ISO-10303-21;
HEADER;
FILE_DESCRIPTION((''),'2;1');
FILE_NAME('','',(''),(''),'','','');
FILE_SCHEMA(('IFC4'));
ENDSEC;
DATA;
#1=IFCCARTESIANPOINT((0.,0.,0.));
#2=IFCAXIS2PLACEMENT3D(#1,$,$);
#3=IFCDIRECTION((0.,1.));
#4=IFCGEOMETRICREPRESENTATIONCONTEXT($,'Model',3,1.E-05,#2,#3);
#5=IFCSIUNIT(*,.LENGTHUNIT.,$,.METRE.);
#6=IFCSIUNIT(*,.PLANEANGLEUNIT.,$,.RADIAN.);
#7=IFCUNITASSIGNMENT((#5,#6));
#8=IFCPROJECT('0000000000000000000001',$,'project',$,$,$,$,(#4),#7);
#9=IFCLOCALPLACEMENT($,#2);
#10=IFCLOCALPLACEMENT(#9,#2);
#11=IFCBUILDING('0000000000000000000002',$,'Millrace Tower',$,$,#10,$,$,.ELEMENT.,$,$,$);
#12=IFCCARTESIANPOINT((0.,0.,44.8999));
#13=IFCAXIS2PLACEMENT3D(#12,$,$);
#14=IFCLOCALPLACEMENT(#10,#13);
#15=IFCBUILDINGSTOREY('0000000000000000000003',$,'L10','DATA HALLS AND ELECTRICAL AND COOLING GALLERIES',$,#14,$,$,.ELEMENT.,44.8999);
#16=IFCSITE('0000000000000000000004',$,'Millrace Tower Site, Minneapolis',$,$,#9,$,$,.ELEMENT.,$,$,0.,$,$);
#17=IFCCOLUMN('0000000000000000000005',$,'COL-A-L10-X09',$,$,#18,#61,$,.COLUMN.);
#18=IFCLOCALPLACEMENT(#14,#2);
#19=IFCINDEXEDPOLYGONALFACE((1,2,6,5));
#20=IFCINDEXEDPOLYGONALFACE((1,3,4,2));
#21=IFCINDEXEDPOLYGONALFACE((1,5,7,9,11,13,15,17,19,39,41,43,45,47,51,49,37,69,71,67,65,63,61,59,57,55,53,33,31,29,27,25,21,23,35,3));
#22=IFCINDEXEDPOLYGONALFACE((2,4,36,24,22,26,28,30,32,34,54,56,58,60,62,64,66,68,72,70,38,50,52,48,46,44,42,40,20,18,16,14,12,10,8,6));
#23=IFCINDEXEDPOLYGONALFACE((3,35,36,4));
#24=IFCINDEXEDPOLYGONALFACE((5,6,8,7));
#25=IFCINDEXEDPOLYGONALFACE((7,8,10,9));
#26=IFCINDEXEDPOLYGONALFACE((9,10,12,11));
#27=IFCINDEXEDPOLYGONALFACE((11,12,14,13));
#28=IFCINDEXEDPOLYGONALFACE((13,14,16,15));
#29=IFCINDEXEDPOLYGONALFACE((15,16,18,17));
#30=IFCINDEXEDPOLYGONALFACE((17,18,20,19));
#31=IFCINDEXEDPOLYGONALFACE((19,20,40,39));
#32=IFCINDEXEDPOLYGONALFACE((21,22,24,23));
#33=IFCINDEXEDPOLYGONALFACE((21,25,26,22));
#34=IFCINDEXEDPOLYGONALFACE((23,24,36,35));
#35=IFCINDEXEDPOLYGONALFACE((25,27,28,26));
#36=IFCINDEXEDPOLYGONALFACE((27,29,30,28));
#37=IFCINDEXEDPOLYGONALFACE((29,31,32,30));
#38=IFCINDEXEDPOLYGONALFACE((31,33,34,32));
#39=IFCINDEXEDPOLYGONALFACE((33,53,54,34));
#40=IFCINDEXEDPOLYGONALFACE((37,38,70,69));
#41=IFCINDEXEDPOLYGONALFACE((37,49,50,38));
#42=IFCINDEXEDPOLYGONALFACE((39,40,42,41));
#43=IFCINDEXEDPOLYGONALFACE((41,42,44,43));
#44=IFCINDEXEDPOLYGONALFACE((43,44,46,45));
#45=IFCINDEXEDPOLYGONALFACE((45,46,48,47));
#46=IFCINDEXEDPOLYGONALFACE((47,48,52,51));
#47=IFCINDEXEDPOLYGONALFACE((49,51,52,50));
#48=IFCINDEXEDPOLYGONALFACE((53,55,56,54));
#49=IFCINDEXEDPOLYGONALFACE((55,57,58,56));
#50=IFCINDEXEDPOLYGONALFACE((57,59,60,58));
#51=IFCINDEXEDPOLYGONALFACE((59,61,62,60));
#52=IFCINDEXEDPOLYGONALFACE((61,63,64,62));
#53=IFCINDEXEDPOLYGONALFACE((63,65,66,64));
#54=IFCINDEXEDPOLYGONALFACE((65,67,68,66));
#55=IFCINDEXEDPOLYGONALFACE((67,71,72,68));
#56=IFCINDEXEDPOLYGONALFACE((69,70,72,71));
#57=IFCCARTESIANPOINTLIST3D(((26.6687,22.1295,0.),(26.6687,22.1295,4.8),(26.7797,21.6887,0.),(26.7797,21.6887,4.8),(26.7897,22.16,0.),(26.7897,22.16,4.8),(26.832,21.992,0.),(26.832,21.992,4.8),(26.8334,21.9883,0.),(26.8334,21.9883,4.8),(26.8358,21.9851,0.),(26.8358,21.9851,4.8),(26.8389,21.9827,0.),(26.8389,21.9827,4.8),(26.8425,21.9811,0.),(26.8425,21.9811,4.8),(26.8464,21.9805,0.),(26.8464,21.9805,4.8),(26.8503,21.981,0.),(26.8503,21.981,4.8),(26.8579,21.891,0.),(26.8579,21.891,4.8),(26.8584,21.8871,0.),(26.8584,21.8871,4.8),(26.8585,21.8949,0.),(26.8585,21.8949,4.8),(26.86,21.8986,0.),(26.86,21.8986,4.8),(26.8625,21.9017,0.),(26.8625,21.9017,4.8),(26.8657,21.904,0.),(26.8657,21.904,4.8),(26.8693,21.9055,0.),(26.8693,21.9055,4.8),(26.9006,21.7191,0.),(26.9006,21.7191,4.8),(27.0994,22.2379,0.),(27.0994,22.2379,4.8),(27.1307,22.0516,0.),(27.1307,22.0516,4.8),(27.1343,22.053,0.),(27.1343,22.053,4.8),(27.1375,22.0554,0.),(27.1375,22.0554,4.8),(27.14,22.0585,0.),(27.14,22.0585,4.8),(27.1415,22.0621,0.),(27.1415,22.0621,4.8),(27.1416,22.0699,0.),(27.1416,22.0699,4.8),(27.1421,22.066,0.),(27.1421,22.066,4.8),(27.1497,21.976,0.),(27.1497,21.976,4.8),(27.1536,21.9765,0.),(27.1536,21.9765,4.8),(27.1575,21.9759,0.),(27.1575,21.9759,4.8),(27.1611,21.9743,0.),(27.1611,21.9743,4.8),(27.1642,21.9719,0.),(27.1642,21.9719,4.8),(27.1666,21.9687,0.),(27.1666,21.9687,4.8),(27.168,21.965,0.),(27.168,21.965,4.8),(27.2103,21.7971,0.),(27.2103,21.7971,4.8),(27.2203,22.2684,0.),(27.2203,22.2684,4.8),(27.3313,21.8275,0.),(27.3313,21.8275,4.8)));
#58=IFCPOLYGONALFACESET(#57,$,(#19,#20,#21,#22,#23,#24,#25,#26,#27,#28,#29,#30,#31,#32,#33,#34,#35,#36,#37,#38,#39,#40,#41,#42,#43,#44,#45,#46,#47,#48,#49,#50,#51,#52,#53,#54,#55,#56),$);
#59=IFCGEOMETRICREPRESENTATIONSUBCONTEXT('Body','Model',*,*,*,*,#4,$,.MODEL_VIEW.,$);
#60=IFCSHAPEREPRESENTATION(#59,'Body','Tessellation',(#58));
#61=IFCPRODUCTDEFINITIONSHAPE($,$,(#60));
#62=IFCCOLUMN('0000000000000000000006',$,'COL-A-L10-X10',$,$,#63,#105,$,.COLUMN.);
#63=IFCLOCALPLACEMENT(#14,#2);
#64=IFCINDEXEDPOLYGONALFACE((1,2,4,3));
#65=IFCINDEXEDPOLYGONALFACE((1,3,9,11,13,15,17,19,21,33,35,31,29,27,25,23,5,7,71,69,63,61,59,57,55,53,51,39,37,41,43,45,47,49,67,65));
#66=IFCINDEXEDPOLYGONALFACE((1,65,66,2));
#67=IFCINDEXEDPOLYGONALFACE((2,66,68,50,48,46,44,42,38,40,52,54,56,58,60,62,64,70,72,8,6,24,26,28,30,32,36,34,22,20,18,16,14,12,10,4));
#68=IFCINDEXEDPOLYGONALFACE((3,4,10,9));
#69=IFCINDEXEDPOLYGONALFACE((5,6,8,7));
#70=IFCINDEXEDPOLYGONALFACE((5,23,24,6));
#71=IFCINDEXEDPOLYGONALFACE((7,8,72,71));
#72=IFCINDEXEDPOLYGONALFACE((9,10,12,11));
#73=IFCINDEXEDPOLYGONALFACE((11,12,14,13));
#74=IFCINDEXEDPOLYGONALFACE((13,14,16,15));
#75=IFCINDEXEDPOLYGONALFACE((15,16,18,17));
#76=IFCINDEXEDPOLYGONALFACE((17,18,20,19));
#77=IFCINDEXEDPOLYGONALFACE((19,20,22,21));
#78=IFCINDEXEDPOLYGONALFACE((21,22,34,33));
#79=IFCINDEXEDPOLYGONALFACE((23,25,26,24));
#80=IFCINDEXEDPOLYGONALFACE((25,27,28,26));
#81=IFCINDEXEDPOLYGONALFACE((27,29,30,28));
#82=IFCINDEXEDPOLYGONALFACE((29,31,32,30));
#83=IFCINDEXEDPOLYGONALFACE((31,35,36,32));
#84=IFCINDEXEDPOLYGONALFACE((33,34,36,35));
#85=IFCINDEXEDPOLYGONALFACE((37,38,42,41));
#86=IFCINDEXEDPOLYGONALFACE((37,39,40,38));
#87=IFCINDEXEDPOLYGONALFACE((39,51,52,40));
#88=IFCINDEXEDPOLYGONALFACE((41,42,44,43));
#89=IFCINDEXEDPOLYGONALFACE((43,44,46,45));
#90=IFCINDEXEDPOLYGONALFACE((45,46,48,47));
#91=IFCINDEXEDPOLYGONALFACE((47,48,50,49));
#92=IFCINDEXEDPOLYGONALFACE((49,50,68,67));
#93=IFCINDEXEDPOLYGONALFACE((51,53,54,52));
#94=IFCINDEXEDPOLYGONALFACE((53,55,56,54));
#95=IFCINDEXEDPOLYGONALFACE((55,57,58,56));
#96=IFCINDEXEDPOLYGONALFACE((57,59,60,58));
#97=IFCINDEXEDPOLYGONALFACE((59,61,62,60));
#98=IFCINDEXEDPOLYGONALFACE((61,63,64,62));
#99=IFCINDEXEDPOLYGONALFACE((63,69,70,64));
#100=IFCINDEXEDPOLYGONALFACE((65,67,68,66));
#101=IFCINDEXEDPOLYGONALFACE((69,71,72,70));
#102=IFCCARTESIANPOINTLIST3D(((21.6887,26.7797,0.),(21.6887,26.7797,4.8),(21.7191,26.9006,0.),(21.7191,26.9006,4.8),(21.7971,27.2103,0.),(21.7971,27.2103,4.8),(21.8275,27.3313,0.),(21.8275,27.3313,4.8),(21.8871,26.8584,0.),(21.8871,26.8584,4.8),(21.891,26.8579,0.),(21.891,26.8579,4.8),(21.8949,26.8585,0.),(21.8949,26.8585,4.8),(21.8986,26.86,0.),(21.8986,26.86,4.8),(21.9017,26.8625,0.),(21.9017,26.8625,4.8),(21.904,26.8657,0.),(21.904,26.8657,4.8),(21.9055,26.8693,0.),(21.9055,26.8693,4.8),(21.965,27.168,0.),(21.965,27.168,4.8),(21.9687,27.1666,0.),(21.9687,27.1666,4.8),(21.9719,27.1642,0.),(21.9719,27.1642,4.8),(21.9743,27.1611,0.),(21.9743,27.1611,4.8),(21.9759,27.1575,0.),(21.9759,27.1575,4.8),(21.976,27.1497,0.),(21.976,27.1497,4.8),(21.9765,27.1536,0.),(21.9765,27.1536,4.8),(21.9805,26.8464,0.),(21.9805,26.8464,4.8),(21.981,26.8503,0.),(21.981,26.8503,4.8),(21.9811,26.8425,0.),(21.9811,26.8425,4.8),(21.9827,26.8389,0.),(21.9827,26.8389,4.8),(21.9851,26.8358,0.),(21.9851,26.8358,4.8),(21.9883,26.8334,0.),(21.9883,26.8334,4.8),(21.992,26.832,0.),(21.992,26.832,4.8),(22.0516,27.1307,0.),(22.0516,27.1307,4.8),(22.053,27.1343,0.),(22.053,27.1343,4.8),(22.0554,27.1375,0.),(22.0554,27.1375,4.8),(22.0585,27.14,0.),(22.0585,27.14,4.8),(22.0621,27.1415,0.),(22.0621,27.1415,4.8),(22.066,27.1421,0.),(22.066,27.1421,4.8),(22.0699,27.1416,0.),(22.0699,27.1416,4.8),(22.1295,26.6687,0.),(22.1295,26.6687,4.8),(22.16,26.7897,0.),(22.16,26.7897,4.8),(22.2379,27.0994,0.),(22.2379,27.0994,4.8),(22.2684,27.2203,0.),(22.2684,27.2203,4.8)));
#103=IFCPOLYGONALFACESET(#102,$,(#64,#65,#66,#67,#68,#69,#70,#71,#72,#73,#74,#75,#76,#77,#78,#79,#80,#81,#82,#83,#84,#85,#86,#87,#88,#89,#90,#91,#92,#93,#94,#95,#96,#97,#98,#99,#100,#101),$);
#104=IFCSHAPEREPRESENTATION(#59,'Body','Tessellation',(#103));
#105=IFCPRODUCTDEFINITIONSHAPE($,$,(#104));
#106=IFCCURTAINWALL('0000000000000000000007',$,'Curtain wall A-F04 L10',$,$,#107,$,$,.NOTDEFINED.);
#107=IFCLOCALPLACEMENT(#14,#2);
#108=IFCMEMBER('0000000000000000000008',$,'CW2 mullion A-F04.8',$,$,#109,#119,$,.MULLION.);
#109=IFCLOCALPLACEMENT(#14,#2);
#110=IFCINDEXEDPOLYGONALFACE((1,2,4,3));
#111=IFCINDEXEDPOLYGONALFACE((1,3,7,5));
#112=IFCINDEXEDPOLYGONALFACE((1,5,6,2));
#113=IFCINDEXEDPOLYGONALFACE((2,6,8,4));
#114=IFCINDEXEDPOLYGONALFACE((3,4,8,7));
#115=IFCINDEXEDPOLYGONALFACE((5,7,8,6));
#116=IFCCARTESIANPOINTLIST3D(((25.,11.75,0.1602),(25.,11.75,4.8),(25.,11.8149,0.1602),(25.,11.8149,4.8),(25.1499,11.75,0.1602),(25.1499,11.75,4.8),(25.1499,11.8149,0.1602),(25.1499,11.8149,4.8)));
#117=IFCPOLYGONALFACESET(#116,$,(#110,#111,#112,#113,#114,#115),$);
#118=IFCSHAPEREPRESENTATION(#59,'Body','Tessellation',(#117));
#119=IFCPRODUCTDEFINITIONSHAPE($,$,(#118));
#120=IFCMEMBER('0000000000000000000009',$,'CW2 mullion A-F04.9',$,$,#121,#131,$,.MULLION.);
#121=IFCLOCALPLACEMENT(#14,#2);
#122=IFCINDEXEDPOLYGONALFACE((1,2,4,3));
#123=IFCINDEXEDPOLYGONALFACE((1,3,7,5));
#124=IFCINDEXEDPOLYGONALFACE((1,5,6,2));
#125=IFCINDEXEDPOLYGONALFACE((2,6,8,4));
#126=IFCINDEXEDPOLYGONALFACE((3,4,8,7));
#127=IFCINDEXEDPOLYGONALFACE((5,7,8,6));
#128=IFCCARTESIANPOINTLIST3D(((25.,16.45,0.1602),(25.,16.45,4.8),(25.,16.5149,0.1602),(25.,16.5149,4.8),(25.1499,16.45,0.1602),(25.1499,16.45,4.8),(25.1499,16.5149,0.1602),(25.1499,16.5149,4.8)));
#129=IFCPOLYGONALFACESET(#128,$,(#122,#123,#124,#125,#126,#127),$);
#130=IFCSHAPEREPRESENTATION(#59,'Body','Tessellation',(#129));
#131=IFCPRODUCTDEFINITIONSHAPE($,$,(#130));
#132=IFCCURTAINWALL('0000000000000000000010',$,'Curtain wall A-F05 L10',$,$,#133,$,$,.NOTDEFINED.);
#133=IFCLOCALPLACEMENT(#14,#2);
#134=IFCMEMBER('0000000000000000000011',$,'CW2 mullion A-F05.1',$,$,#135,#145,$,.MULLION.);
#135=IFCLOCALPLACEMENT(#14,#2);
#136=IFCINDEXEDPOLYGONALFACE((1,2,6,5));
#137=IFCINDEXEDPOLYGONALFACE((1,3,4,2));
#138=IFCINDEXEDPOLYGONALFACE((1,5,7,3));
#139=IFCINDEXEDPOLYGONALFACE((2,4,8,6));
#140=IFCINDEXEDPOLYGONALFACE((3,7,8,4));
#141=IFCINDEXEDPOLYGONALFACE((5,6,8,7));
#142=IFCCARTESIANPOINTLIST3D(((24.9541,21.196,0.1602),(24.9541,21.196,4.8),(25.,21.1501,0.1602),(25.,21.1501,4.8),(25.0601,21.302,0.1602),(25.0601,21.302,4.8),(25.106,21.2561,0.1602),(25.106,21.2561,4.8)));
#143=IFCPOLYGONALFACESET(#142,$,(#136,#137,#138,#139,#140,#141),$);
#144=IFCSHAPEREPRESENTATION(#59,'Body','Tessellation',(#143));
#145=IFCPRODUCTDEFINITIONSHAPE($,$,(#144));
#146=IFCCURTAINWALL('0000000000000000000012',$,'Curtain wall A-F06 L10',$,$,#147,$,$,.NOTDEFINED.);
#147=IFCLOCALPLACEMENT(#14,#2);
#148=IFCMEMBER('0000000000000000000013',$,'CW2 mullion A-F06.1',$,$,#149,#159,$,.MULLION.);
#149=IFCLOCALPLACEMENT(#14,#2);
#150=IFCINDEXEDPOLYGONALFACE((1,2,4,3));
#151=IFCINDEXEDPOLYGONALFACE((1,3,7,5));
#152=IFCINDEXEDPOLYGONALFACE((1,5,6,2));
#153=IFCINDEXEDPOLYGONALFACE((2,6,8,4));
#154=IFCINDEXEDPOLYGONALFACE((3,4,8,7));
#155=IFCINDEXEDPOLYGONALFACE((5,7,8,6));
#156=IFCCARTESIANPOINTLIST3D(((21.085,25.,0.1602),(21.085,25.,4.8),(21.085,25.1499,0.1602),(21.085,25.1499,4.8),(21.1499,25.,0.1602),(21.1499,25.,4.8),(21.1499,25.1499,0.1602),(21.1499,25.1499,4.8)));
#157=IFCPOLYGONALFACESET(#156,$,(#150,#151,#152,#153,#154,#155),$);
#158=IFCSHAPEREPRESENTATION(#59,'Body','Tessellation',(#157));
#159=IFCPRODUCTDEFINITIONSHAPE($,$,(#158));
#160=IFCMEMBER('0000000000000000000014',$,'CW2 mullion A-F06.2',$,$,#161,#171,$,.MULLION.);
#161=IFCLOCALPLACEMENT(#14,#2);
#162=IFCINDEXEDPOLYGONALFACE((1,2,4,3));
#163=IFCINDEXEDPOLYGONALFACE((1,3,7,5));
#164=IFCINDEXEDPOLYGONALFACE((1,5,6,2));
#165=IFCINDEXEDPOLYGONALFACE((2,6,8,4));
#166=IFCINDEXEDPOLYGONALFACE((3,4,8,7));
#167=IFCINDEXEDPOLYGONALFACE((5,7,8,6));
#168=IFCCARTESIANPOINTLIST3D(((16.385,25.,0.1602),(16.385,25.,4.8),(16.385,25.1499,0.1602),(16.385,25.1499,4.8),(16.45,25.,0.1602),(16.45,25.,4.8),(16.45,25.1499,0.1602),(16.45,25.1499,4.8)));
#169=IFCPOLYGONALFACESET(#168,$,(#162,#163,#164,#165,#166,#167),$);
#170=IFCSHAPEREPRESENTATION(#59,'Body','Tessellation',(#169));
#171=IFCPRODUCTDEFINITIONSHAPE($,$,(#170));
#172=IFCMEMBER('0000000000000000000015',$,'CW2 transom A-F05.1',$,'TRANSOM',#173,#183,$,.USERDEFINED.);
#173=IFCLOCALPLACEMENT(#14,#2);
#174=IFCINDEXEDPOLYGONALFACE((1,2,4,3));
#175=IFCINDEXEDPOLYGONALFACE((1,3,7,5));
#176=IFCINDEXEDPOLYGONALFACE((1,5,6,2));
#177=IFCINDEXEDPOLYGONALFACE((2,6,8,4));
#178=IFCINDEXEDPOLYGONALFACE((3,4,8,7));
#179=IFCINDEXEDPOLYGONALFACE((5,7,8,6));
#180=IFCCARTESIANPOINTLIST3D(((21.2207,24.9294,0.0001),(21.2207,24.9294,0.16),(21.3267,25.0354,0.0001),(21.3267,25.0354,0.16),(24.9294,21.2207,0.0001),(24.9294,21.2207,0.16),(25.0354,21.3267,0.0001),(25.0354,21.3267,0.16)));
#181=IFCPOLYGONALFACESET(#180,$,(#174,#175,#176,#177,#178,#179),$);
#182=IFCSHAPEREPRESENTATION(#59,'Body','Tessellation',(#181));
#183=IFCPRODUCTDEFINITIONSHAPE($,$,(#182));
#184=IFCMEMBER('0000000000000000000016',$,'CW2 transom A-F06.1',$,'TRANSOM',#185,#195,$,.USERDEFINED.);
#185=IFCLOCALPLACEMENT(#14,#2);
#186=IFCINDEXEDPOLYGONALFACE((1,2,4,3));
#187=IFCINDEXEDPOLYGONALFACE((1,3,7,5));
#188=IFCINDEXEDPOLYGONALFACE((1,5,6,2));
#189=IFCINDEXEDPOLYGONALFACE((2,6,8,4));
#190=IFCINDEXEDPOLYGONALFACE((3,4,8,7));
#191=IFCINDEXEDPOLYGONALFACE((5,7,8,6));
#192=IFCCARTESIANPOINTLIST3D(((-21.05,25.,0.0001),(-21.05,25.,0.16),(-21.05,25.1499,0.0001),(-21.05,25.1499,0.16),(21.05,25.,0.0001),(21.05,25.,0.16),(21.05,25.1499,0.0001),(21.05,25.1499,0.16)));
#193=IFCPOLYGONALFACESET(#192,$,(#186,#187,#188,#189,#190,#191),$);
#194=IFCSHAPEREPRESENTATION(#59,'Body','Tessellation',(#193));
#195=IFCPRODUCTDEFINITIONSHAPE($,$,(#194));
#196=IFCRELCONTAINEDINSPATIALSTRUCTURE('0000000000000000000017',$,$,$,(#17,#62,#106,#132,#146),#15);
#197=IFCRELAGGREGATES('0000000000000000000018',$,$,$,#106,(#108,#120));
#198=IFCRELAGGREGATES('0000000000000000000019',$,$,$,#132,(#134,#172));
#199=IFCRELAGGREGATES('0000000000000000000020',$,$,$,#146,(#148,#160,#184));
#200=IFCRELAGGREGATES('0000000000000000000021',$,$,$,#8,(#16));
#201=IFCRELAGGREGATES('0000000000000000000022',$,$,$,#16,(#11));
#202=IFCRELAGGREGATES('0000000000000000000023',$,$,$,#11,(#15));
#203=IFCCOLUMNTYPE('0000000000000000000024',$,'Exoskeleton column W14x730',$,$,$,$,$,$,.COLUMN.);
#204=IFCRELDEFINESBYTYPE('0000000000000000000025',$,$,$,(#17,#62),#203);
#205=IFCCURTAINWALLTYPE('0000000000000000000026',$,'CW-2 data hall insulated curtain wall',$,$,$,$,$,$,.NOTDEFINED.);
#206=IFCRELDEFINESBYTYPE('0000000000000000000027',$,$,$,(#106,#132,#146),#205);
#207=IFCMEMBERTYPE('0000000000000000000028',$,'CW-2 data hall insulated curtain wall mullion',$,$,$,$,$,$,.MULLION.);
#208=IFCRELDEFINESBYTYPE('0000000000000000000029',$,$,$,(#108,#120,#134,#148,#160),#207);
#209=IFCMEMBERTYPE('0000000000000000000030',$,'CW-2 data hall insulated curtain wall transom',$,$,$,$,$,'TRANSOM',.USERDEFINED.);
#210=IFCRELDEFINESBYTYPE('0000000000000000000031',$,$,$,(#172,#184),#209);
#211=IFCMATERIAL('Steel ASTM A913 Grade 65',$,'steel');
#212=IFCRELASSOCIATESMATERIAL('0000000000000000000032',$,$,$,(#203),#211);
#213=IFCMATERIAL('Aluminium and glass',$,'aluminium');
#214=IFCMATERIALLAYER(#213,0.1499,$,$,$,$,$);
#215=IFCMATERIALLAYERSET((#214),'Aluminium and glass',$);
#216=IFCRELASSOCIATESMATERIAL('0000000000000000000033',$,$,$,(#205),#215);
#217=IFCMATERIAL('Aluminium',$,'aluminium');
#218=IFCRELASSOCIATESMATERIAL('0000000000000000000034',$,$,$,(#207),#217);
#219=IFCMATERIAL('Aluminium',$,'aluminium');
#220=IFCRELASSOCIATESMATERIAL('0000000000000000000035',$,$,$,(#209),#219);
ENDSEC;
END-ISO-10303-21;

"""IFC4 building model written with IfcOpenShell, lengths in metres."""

from ifc_helpers import new_model, si_unit, direction, frame, origin, origin_2d, place, context, subcontext, project, spatial, rectangle, i_section, extrude, material, layer, layer_set, material_profile, profile_set, type_object, element, aggregate, save


model = new_model("IFC4")

# Units and contexts
model_context = context("Model", 3, precision=1e-05, world=origin(), true_north=direction((0.0, 1.0)))
body_context = subcontext(model_context, "Body", "Model", "MODEL_VIEW")
ifc_project = project(units=[si_unit("LENGTHUNIT", "METRE"), si_unit("PLANEANGLEUNIT", "RADIAN")], contexts=[model_context])

# Site, building, storey
site_placement = place(None, origin())
site = spatial("IfcSite", under=ifc_project, at=site_placement, Name="Millrace Tower Site, Minneapolis", CompositionType="ELEMENT", RefElevation=0.0)
building_placement = place(site_placement, origin())
building = spatial("IfcBuilding", under=site, at=building_placement, Name="Millrace Tower", CompositionType="ELEMENT")
storey_placement = place(building_placement, frame((0.0, 0.0, 44.8999)))
storey = spatial("IfcBuildingStorey", under=building, at=storey_placement, Name="L10", Description="DATA HALLS AND ELECTRICAL AND COOLING GALLERIES", CompositionType="ELEMENT", Elevation=44.8999)

# Columns
ifc_material_1 = material(Name="Steel ASTM A913 Grade 65", Category="steel")
ifc_material_profile_1 = material_profile(ifc_material_1, i_section(OverallWidth=0.4546, OverallDepth=0.5688, WebThickness=0.0779, FlangeThickness=0.1248, FilletRadius=0.0151, at=origin_2d()))
ifc_profile_set_1 = profile_set([ifc_material_profile_1], Name="Steel ASTM A913 Grade 65")
column_type = type_object("IfcColumnType", Name="Exoskeleton column W14x730", PredefinedType="COLUMN", material=ifc_profile_set_1)
for number, where, z_axis, x_axis, name in (
    (1, (27.0, 21.9785, 0.0), (0.0, 0.0, 1.0), (-0.244094, 0.969752, 0.0), "COL-A-L10-X09"),
    (2, (21.9785, 27.0, 0.0), (0.0, 0.0, 1.0), (-0.969752, 0.244094, 0.0), "COL-A-L10-X10"),
):
    element("IfcColumn", number, at=place(storey_placement, frame(where, z_axis=z_axis, x_axis=x_axis)), inside=storey, type_object=column_type, Name=name, PredefinedType="COLUMN", context=body_context, shape_type="SweptSolid", body=[
        extrude(i_section(OverallWidth=0.4546, OverallDepth=0.5688, WebThickness=0.0779, FlangeThickness=0.1248, FilletRadius=0.0151, at=origin_2d()), origin(), (0.0, 0.0, 1.0), 4.8),
    ])

# Curtain wall, members
ifc_material_2 = material(Name="Aluminium and glass", Category="aluminium")
ifc_layer_1 = layer(ifc_material_2, 0.1499)
ifc_layer_set_1 = layer_set([ifc_layer_1], Name="Aluminium and glass")
curtain_wall_type = type_object("IfcCurtainWallType", Name="CW-2 data hall insulated curtain wall", PredefinedType="NOTDEFINED", material=ifc_layer_set_1)
placement = place(storey_placement, origin())
curtain_wall_1 = element("IfcCurtainWall", 3, at=placement, inside=storey, type_object=curtain_wall_type, Name="Curtain wall A-F04 L10", PredefinedType="NOTDEFINED")
ifc_material_3 = material(Name="Aluminium", Category="aluminium")
ifc_material_profile_2 = material_profile(ifc_material_3, rectangle(XDim=0.0649, YDim=0.1499, at=origin_2d()))
ifc_profile_set_2 = profile_set([ifc_material_profile_2], Name="Aluminium")
member_type_1 = type_object("IfcMemberType", Name="CW-2 data hall insulated curtain wall mullion", PredefinedType="MULLION", material=ifc_profile_set_2)
member_1_placement = place(storey_placement, frame((25.075, 11.7825, 0.1602), z_axis=(0.0, 0.0, 1.0), x_axis=(0.0, 1.0, 0.0)))
member_1 = element("IfcMember", 4, at=member_1_placement, type_object=member_type_1, Name="CW2 mullion A-F04.8", PredefinedType="MULLION", context=body_context, shape_type="SweptSolid", body=[
    extrude(rectangle(XDim=0.0649, YDim=0.1499, at=origin_2d()), origin(), (0.0, 0.0, 1.0), 4.6399),
])
member_2_placement = place(storey_placement, frame((25.075, 16.4824, 0.1602), z_axis=(0.0, 0.0, 1.0), x_axis=(0.0, 1.0, 0.0)))
member_2 = element("IfcMember", 5, at=member_2_placement, type_object=member_type_1, Name="CW2 mullion A-F04.9", PredefinedType="MULLION", context=body_context, shape_type="SweptSolid", body=[
    extrude(rectangle(XDim=0.0649, YDim=0.1499, at=origin_2d()), origin(), (0.0, 0.0, 1.0), 4.6399),
])
aggregate(curtain_wall_1, [member_1, member_2])

# Curtain wall, member
curtain_wall_2 = element("IfcCurtainWall", 6, at=placement, inside=storey, type_object=curtain_wall_type, Name="Curtain wall A-F05 L10", PredefinedType="NOTDEFINED")
member_3_placement = place(storey_placement, frame((25.03, 21.2261, 0.1602), z_axis=(0.0, 0.0, 1.0), x_axis=(-0.707107, 0.707107, 0.0)))
member_3 = element("IfcMember", 7, at=member_3_placement, type_object=member_type_1, Name="CW2 mullion A-F05.1", PredefinedType="MULLION", context=body_context, shape_type="SweptSolid", body=[
    extrude(rectangle(XDim=0.0649, YDim=0.1499, at=origin_2d()), origin(), (0.0, 0.0, 1.0), 4.6399),
])

# Curtain wall, members
curtain_wall_3 = element("IfcCurtainWall", 8, at=placement, inside=storey, type_object=curtain_wall_type, Name="Curtain wall A-F06 L10", PredefinedType="NOTDEFINED")
member_4_placement = place(storey_placement, frame((21.1174, 25.075, 0.1602), z_axis=(0.0, 0.0, 1.0), x_axis=(-1.0, 0.0, 0.0)))
member_4 = element("IfcMember", 9, at=member_4_placement, type_object=member_type_1, Name="CW2 mullion A-F06.1", PredefinedType="MULLION", context=body_context, shape_type="SweptSolid", body=[
    extrude(rectangle(XDim=0.0649, YDim=0.1499, at=origin_2d()), origin(), (0.0, 0.0, 1.0), 4.6399),
])
member_5_placement = place(storey_placement, frame((16.4175, 25.075, 0.1602), z_axis=(0.0, 0.0, 1.0), x_axis=(-1.0, 0.0, 0.0)))
member_5 = element("IfcMember", 10, at=member_5_placement, type_object=member_type_1, Name="CW2 mullion A-F06.2", PredefinedType="MULLION", context=body_context, shape_type="SweptSolid", body=[
    extrude(rectangle(XDim=0.0649, YDim=0.1499, at=origin_2d()), origin(), (0.0, 0.0, 1.0), 4.6399),
])

# Members
ifc_material_4 = material(Name="Aluminium", Category="aluminium")
ifc_material_profile_3 = material_profile(ifc_material_4, rectangle(XDim=0.1499, YDim=0.1599, at=origin_2d()))
ifc_profile_set_3 = profile_set([ifc_material_profile_3], Name="Aluminium")
member_type_2 = type_object("IfcMemberType", Name="CW-2 data hall insulated curtain wall transom", ElementType="TRANSOM", PredefinedType="USERDEFINED", material=ifc_profile_set_3)
member_6_placement = place(storey_placement, frame((24.9824, 21.2737, 0.0801), z_axis=(-0.707107, 0.707107, 0.0), x_axis=(-0.707107, -0.707107, 0.0)))
member_6 = element("IfcMember", 11, at=member_6_placement, type_object=member_type_2, Name="CW2 transom A-F05.1", ObjectType="TRANSOM", PredefinedType="USERDEFINED", context=body_context, shape_type="SweptSolid", body=[
    extrude(rectangle(XDim=0.1499, YDim=0.1599, at=origin_2d()), origin(), (0.0, 0.0, 1.0), 5.2449),
])
aggregate(curtain_wall_2, [member_3, member_6])
member_7_placement = place(storey_placement, frame((21.05, 25.075, 0.0801), z_axis=(-1.0, 0.0, 0.0), x_axis=(0.0, -1.0, 0.0)))
member_7 = element("IfcMember", 12, at=member_7_placement, type_object=member_type_2, Name="CW2 transom A-F06.1", ObjectType="TRANSOM", PredefinedType="USERDEFINED", context=body_context, shape_type="SweptSolid", body=[
    extrude(rectangle(XDim=0.1499, YDim=0.1599, at=origin_2d()), origin(), (0.0, 0.0, 1.0), 42.1001),
])
aggregate(curtain_wall_3, [member_4, member_5, member_7])

save(model, "model.ifc")
